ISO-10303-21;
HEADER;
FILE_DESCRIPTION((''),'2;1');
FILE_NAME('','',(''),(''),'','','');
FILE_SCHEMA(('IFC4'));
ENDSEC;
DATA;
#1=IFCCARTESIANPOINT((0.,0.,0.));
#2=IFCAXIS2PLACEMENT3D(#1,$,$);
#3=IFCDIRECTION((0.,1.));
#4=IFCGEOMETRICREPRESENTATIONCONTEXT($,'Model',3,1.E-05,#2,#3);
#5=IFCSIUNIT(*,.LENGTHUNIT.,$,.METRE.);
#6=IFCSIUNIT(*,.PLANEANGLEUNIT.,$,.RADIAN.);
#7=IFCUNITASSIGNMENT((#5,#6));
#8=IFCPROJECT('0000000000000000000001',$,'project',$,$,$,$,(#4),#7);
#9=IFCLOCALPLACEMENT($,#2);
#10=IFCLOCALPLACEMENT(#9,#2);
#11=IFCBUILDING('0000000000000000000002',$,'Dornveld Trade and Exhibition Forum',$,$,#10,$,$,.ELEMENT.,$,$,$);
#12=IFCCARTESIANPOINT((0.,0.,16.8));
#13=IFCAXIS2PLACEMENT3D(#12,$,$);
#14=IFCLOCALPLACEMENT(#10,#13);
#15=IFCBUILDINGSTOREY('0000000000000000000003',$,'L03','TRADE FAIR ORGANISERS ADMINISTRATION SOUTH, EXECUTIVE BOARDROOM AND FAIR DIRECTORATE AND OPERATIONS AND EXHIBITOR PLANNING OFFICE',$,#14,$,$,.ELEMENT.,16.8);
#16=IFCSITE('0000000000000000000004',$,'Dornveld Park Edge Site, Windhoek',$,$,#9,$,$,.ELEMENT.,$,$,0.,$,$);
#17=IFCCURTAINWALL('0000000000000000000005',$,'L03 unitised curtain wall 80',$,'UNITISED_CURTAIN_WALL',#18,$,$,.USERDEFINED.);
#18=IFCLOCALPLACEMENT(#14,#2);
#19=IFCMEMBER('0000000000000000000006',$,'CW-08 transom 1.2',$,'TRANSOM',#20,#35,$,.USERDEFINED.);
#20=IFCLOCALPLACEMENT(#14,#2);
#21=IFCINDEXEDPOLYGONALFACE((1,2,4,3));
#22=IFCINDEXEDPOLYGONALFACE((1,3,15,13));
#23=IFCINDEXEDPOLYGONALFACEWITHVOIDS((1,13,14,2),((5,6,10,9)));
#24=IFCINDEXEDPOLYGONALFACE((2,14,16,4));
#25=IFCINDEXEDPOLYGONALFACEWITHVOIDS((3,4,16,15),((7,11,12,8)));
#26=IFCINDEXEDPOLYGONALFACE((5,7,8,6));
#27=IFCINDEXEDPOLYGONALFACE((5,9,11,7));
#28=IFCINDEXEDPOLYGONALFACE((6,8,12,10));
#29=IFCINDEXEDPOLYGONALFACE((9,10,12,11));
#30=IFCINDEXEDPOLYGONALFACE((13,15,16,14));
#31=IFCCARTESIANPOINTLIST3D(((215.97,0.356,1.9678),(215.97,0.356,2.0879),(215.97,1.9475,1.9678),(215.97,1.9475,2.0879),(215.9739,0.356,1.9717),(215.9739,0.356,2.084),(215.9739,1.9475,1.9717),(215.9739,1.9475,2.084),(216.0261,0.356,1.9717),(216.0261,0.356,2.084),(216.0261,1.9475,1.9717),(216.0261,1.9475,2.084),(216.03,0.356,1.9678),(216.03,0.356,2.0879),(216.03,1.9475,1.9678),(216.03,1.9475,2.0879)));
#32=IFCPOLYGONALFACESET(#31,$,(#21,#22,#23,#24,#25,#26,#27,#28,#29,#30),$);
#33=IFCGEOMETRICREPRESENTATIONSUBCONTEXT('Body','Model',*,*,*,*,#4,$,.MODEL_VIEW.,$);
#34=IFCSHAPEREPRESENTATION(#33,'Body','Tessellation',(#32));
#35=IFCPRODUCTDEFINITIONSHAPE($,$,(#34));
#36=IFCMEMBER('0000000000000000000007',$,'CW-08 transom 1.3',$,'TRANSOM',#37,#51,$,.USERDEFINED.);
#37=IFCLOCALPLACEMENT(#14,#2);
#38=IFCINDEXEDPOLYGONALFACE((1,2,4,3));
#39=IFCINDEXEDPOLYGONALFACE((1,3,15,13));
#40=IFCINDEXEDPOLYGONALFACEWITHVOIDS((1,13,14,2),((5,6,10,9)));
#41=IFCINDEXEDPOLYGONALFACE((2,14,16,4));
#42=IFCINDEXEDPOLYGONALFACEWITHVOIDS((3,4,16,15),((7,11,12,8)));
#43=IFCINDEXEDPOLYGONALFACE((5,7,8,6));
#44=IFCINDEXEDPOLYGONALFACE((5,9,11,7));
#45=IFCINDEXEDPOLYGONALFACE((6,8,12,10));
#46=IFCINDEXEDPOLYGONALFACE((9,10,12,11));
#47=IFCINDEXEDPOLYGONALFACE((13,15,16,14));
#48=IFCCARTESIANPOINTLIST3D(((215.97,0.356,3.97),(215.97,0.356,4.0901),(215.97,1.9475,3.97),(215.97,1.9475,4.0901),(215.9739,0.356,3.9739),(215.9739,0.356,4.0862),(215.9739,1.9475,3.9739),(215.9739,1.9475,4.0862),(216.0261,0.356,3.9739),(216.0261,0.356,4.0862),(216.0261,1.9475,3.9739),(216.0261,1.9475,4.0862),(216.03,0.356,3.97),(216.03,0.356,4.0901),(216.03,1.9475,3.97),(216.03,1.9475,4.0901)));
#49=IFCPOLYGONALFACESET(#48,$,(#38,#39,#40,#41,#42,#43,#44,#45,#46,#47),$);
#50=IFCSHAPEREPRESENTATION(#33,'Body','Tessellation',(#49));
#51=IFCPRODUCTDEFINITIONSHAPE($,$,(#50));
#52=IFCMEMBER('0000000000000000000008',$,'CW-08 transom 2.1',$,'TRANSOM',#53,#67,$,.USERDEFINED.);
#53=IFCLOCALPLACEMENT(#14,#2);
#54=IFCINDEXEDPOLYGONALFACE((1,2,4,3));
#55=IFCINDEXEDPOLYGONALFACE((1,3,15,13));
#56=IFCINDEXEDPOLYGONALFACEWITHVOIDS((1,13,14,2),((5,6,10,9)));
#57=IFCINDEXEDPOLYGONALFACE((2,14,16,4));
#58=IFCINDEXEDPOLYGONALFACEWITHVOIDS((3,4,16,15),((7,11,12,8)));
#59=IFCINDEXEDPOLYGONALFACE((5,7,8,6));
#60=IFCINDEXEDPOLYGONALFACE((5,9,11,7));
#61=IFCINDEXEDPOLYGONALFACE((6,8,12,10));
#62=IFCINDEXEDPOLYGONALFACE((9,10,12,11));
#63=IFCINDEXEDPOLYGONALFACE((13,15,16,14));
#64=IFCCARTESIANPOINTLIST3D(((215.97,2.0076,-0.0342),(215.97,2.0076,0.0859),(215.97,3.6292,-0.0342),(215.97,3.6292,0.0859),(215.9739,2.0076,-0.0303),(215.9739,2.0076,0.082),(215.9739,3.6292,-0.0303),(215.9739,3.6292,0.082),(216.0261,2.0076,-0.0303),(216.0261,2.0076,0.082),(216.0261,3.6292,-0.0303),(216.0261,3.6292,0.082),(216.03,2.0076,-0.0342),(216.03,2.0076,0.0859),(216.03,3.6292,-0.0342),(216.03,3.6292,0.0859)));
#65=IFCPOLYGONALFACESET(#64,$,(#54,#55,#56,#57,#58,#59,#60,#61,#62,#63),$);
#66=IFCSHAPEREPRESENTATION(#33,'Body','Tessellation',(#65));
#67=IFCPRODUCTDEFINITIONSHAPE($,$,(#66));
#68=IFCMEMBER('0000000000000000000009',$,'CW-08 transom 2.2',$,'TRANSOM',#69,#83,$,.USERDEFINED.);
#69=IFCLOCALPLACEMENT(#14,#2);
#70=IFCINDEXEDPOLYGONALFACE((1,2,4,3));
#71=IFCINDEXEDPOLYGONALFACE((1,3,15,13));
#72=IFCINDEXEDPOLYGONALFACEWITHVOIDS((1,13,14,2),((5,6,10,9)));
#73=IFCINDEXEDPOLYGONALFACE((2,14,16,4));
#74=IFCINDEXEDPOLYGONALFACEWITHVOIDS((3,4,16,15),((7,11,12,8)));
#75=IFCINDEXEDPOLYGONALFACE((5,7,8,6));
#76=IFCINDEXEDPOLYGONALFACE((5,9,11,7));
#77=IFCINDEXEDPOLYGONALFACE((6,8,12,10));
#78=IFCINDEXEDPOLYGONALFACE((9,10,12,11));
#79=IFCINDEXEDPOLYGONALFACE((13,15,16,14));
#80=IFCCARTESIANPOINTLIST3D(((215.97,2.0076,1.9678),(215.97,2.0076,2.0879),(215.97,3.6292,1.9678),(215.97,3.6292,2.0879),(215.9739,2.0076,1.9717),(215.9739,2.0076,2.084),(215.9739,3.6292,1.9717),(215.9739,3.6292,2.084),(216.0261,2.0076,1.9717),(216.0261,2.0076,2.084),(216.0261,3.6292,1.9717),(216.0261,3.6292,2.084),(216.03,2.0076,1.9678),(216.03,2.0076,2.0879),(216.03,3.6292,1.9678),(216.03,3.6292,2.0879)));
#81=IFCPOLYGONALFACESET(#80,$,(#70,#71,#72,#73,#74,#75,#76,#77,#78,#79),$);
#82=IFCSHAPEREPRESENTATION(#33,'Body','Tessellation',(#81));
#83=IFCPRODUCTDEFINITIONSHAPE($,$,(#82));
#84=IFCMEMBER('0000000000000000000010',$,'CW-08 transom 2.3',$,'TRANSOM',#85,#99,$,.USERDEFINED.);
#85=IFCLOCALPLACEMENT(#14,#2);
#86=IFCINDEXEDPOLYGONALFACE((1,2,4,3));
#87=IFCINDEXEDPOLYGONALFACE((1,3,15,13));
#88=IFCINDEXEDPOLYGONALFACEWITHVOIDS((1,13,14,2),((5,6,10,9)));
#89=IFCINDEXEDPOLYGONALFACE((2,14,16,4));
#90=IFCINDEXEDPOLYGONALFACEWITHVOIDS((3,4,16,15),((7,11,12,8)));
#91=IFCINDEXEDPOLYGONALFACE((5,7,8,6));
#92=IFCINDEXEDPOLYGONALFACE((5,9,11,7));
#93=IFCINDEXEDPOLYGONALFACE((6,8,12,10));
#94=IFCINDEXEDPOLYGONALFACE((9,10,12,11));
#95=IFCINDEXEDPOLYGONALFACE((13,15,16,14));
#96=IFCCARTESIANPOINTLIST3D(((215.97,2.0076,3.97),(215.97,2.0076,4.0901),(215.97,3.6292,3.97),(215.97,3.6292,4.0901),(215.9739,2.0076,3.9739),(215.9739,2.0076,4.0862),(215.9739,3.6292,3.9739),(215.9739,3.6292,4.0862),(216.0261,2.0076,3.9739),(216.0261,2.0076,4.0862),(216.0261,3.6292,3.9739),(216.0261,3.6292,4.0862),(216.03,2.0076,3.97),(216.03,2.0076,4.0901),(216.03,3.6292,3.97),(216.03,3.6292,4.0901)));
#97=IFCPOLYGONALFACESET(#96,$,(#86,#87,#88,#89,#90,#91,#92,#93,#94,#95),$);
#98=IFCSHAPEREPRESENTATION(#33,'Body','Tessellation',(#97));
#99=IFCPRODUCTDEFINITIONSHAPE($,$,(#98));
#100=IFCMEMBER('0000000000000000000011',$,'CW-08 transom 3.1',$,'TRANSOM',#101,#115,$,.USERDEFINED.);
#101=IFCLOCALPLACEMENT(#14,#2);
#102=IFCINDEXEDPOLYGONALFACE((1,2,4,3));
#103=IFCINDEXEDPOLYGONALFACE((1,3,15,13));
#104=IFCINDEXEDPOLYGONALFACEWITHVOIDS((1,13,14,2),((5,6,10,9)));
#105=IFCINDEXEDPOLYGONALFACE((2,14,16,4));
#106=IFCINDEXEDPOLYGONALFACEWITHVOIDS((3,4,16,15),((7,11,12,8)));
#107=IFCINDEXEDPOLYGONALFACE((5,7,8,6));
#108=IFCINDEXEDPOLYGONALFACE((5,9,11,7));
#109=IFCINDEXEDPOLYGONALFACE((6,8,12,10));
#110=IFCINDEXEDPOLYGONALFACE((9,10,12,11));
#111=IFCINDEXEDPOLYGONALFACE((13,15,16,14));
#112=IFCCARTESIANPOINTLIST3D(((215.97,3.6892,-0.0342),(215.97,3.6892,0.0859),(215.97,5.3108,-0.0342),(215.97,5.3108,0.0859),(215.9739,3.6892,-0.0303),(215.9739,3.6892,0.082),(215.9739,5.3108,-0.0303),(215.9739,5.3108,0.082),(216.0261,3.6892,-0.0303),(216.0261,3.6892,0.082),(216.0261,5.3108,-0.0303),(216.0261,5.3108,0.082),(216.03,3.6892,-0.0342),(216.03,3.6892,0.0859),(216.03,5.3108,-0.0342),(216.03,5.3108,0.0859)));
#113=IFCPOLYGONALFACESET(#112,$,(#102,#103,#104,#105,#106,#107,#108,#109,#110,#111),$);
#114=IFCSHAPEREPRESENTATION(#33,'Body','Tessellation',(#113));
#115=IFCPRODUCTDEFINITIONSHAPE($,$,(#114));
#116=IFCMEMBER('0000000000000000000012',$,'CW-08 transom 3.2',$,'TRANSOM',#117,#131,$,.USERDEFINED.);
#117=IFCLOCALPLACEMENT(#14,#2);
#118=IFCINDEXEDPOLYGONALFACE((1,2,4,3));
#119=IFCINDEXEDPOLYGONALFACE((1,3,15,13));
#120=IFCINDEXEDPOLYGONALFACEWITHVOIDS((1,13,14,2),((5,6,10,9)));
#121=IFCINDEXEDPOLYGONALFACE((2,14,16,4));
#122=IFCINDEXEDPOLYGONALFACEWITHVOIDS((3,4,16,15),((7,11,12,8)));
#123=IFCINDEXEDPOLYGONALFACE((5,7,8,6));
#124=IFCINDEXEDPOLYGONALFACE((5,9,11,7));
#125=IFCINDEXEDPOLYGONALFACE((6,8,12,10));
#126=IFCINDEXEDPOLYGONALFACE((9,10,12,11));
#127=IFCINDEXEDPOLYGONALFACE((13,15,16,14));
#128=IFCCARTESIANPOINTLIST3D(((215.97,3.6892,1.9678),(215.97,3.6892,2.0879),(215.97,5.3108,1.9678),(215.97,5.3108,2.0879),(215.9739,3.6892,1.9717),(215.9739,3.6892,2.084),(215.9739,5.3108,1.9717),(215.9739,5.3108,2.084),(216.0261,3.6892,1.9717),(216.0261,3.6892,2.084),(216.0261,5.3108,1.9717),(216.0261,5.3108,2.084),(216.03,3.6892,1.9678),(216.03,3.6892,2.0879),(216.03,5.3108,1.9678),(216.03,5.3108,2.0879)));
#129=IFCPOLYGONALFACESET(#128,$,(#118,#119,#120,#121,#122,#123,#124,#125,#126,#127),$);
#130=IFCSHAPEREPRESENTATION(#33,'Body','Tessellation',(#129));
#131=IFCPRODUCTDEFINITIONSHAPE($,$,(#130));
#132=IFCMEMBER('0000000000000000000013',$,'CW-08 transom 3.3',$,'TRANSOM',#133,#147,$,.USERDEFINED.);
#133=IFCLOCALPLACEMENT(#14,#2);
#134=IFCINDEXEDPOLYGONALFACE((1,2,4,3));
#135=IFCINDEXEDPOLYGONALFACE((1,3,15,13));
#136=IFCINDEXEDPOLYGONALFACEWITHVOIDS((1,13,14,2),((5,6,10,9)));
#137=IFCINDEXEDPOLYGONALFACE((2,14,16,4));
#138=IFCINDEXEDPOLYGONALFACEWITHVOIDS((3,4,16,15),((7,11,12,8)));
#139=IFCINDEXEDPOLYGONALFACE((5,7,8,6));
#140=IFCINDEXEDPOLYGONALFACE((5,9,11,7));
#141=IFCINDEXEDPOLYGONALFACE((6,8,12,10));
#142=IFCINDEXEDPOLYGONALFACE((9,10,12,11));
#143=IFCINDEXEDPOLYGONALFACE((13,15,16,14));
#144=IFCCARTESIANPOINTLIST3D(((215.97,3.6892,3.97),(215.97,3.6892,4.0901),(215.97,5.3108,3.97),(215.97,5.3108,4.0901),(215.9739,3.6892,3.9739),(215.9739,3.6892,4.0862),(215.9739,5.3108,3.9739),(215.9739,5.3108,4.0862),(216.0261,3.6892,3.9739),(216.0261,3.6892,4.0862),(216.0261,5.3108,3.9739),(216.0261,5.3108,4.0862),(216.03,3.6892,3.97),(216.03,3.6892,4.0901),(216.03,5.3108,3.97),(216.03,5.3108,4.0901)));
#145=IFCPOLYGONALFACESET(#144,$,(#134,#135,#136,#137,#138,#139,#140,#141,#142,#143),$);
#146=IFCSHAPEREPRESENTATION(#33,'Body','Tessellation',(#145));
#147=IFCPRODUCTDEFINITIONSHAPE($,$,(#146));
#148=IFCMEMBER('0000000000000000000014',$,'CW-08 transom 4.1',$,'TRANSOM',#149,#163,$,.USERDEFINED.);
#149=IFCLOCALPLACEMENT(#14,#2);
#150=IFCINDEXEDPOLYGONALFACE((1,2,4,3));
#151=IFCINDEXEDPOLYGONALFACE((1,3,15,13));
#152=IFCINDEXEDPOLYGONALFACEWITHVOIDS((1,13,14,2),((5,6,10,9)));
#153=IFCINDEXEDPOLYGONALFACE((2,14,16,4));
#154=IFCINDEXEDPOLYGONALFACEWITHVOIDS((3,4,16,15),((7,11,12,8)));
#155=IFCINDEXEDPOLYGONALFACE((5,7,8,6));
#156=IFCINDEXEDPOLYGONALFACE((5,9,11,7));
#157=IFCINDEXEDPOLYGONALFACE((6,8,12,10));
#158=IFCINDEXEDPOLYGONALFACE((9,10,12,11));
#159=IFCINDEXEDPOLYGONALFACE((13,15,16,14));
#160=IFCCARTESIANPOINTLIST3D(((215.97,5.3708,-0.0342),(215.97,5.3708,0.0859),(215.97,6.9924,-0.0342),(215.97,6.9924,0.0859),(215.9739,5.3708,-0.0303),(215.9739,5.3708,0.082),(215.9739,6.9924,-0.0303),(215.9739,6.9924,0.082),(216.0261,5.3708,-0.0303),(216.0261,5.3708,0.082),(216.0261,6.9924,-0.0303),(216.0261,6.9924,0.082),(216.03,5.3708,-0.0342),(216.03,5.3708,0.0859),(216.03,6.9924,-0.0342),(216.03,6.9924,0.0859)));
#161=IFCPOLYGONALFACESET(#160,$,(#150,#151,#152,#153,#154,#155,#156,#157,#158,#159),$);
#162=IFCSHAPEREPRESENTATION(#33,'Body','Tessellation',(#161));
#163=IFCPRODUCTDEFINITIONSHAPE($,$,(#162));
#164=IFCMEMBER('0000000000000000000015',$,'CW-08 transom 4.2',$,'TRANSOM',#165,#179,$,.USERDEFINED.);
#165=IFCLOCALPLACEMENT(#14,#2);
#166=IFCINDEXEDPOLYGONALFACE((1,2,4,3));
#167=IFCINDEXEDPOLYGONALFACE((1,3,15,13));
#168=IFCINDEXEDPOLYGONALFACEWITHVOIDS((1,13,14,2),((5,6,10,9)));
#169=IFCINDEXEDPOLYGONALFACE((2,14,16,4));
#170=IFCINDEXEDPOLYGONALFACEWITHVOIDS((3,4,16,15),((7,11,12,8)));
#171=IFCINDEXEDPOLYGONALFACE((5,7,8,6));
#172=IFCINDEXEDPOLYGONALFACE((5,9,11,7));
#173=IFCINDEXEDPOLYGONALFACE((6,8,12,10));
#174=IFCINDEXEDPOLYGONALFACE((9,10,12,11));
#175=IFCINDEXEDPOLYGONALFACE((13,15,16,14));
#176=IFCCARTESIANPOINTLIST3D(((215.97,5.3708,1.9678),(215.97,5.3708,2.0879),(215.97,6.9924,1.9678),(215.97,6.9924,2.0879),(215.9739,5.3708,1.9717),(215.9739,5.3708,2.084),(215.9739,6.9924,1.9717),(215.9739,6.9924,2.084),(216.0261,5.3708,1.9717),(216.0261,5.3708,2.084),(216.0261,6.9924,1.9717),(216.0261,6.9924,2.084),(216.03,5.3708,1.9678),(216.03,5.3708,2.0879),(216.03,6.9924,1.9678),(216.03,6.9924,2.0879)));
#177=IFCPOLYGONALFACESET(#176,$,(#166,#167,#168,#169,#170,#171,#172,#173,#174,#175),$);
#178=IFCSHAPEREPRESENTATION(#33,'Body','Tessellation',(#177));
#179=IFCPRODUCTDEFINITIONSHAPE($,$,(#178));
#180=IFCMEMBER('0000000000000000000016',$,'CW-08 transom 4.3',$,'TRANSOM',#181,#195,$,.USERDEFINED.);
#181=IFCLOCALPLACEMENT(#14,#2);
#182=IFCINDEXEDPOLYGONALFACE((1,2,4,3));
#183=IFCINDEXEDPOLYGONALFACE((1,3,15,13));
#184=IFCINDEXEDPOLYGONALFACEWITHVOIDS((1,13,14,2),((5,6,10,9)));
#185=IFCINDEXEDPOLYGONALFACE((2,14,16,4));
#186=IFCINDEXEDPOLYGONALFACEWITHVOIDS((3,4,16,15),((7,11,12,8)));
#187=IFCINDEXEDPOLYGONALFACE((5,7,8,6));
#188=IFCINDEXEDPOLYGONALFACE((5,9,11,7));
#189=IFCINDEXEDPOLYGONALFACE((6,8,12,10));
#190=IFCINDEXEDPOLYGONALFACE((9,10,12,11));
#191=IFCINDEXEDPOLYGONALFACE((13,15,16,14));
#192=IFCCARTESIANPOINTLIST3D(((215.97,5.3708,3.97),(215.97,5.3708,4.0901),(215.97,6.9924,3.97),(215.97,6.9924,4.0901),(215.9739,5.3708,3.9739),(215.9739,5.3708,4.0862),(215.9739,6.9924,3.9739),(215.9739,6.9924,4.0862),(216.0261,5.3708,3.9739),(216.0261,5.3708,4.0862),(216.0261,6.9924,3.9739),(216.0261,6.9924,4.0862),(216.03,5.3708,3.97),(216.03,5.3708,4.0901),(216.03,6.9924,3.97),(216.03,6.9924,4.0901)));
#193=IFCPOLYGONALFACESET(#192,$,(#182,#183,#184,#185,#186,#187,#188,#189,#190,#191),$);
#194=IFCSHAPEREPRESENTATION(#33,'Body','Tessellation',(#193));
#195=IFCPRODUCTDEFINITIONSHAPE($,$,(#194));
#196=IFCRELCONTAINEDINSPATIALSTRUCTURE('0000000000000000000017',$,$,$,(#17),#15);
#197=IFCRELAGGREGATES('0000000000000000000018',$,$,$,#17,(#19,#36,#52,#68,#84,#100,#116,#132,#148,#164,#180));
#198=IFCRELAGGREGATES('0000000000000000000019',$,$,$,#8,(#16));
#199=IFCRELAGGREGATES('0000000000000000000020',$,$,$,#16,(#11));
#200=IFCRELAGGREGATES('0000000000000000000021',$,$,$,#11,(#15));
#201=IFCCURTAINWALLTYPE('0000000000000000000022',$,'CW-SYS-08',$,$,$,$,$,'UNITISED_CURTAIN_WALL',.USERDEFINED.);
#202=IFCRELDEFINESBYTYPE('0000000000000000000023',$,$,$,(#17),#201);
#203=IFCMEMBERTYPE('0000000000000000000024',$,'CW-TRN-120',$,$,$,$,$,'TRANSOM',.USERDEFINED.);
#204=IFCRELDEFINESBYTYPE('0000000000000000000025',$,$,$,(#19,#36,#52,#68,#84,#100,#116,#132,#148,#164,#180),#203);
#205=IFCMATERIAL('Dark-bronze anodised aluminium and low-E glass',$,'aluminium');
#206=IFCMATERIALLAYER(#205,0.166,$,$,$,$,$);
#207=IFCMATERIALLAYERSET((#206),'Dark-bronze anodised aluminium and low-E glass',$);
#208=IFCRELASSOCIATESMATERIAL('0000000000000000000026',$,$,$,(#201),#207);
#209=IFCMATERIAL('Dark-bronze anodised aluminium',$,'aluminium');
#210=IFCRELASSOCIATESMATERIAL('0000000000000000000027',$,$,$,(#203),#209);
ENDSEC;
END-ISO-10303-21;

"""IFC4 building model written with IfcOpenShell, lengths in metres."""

from ifc_helpers import new_model, si_unit, direction, frame, origin, origin_2d, place, context, subcontext, project, spatial, hollow_rectangle, extrude, material, layer, layer_set, material_profile, profile_set, type_object, element, aggregate, save


model = new_model("IFC4")

# Units and contexts
model_context = context("Model", 3, precision=1e-05, world=origin(), true_north=direction((0.0, 1.0)))
body_context = subcontext(model_context, "Body", "Model", "MODEL_VIEW")
ifc_project = project(units=[si_unit("LENGTHUNIT", "METRE"), si_unit("PLANEANGLEUNIT", "RADIAN")], contexts=[model_context])

# Site, building, storey
site_placement = place(None, origin())
site = spatial("IfcSite", under=ifc_project, at=site_placement, Name="Dornveld Park Edge Site, Windhoek", CompositionType="ELEMENT", RefElevation=0.0)
building_placement = place(site_placement, origin())
building = spatial("IfcBuilding", under=site, at=building_placement, Name="Dornveld Trade and Exhibition Forum", CompositionType="ELEMENT")
storey_placement = place(building_placement, frame((0.0, 0.0, 16.8)))
storey = spatial("IfcBuildingStorey", under=building, at=storey_placement, Name="L03", Description="TRADE FAIR ORGANISERS ADMINISTRATION SOUTH, EXECUTIVE BOARDROOM AND FAIR DIRECTORATE AND OPERATIONS AND EXHIBITOR PLANNING OFFICE", CompositionType="ELEMENT", Elevation=16.8)

# Curtain wall, members
ifc_material_1 = material(Name="Dark-bronze anodised aluminium and low-E glass", Category="aluminium")
ifc_layer_1 = layer(ifc_material_1, 0.166)
ifc_layer_set_1 = layer_set([ifc_layer_1], Name="Dark-bronze anodised aluminium and low-E glass")
curtain_wall_type = type_object("IfcCurtainWallType", Name="CW-SYS-08", ElementType="UNITISED_CURTAIN_WALL", PredefinedType="USERDEFINED", material=ifc_layer_set_1)
curtain_wall_placement = place(storey_placement, origin())
curtain_wall = element("IfcCurtainWall", 1, at=curtain_wall_placement, inside=storey, type_object=curtain_wall_type, Name="L03 unitised curtain wall 80", ObjectType="UNITISED_CURTAIN_WALL", PredefinedType="USERDEFINED")
ifc_material_2 = material(Name="Dark-bronze anodised aluminium", Category="aluminium")
ifc_material_profile_1 = material_profile(ifc_material_2, hollow_rectangle(XDim=0.0601, YDim=0.1201, WallThickness=0.0039, at=origin_2d()), Name="RHS 120x60x4")
ifc_profile_set_1 = profile_set([ifc_material_profile_1], Name="Dark-bronze anodised aluminium")
member_type_1 = type_object("IfcMemberType", Name="CW-TRN-120", ElementType="TRANSOM", PredefinedType="USERDEFINED", material=ifc_profile_set_1)
member_1_placement = place(storey_placement, frame((216.0, 0.356, 2.0278), z_axis=(0.0, 1.0, 0.0), x_axis=(-1.0, 0.0, 0.0)))
member_1 = element("IfcMember", 2, at=member_1_placement, type_object=member_type_1, Name="CW-08 transom 1.2", ObjectType="TRANSOM", PredefinedType="USERDEFINED", context=body_context, shape_type="SweptSolid", body=[
    extrude(hollow_rectangle(XDim=0.0601, YDim=0.1201, WallThickness=0.0039, at=origin_2d()), origin(), (0.0, 0.0, 1.0), 1.5916),
])
member_2_placement = place(storey_placement, frame((216.0, 0.356, 4.03), z_axis=(0.0, 1.0, 0.0), x_axis=(-1.0, 0.0, 0.0)))
member_2 = element("IfcMember", 3, at=member_2_placement, type_object=member_type_1, Name="CW-08 transom 1.3", ObjectType="TRANSOM", PredefinedType="USERDEFINED", context=body_context, shape_type="SweptSolid", body=[
    extrude(hollow_rectangle(XDim=0.0601, YDim=0.1201, WallThickness=0.0039, at=origin_2d()), origin(), (0.0, 0.0, 1.0), 1.5916),
])
member_3_placement = place(storey_placement, frame((216.0, 2.0076, 0.0259), z_axis=(0.0, 1.0, 0.0), x_axis=(-1.0, 0.0, 0.0)))
member_3 = element("IfcMember", 4, at=member_3_placement, type_object=member_type_1, Name="CW-08 transom 2.1", ObjectType="TRANSOM", PredefinedType="USERDEFINED", context=body_context, shape_type="SweptSolid", body=[
    extrude(hollow_rectangle(XDim=0.0601, YDim=0.1201, WallThickness=0.0039, at=origin_2d()), origin(), (0.0, 0.0, 1.0), 1.6216),
])
member_4_placement = place(storey_placement, frame((216.0, 2.0076, 2.0278), z_axis=(0.0, 1.0, 0.0), x_axis=(-1.0, 0.0, 0.0)))
member_4 = element("IfcMember", 5, at=member_4_placement, type_object=member_type_1, Name="CW-08 transom 2.2", ObjectType="TRANSOM", PredefinedType="USERDEFINED", context=body_context, shape_type="SweptSolid", body=[
    extrude(hollow_rectangle(XDim=0.0601, YDim=0.1201, WallThickness=0.0039, at=origin_2d()), origin(), (0.0, 0.0, 1.0), 1.6216),
])
member_5_placement = place(storey_placement, frame((216.0, 2.0076, 4.03), z_axis=(0.0, 1.0, 0.0), x_axis=(-1.0, 0.0, 0.0)))
member_5 = element("IfcMember", 6, at=member_5_placement, type_object=member_type_1, Name="CW-08 transom 2.3", ObjectType="TRANSOM", PredefinedType="USERDEFINED", context=body_context, shape_type="SweptSolid", body=[
    extrude(hollow_rectangle(XDim=0.0601, YDim=0.1201, WallThickness=0.0039, at=origin_2d()), origin(), (0.0, 0.0, 1.0), 1.6216),
])
member_6_placement = place(storey_placement, frame((216.0, 3.6892, 0.0259), z_axis=(0.0, 1.0, 0.0), x_axis=(-1.0, 0.0, 0.0)))
member_6 = element("IfcMember", 7, at=member_6_placement, type_object=member_type_1, Name="CW-08 transom 3.1", ObjectType="TRANSOM", PredefinedType="USERDEFINED", context=body_context, shape_type="SweptSolid", body=[
    extrude(hollow_rectangle(XDim=0.0601, YDim=0.1201, WallThickness=0.0039, at=origin_2d()), origin(), (0.0, 0.0, 1.0), 1.6216),
])
member_7_placement = place(storey_placement, frame((216.0, 3.6892, 2.0278), z_axis=(0.0, 1.0, 0.0), x_axis=(-1.0, 0.0, 0.0)))
member_7 = element("IfcMember", 8, at=member_7_placement, type_object=member_type_1, Name="CW-08 transom 3.2", ObjectType="TRANSOM", PredefinedType="USERDEFINED", context=body_context, shape_type="SweptSolid", body=[
    extrude(hollow_rectangle(XDim=0.0601, YDim=0.1201, WallThickness=0.0039, at=origin_2d()), origin(), (0.0, 0.0, 1.0), 1.6216),
])
member_8_placement = place(storey_placement, frame((216.0, 3.6892, 4.03), z_axis=(0.0, 1.0, 0.0), x_axis=(-1.0, 0.0, 0.0)))
member_8 = element("IfcMember", 9, at=member_8_placement, type_object=member_type_1, Name="CW-08 transom 3.3", ObjectType="TRANSOM", PredefinedType="USERDEFINED", context=body_context, shape_type="SweptSolid", body=[
    extrude(hollow_rectangle(XDim=0.0601, YDim=0.1201, WallThickness=0.0039, at=origin_2d()), origin(), (0.0, 0.0, 1.0), 1.6216),
])
member_9_placement = place(storey_placement, frame((216.0, 5.3708, 0.0259), z_axis=(0.0, 1.0, 0.0), x_axis=(-1.0, 0.0, 0.0)))
member_9 = element("IfcMember", 10, at=member_9_placement, type_object=member_type_1, Name="CW-08 transom 4.1", ObjectType="TRANSOM", PredefinedType="USERDEFINED", context=body_context, shape_type="SweptSolid", body=[
    extrude(hollow_rectangle(XDim=0.0601, YDim=0.1201, WallThickness=0.0039, at=origin_2d()), origin(), (0.0, 0.0, 1.0), 1.6216),
])
member_10_placement = place(storey_placement, frame((216.0, 5.3708, 2.0278), z_axis=(0.0, 1.0, 0.0), x_axis=(-1.0, 0.0, 0.0)))
member_10 = element("IfcMember", 11, at=member_10_placement, type_object=member_type_1, Name="CW-08 transom 4.2", ObjectType="TRANSOM", PredefinedType="USERDEFINED", context=body_context, shape_type="SweptSolid", body=[
    extrude(hollow_rectangle(XDim=0.0601, YDim=0.1201, WallThickness=0.0039, at=origin_2d()), origin(), (0.0, 0.0, 1.0), 1.6216),
])
member_11_placement = place(storey_placement, frame((216.0, 5.3708, 4.03), z_axis=(0.0, 1.0, 0.0), x_axis=(-1.0, 0.0, 0.0)))
member_11 = element("IfcMember", 12, at=member_11_placement, type_object=member_type_1, Name="CW-08 transom 4.3", ObjectType="TRANSOM", PredefinedType="USERDEFINED", context=body_context, shape_type="SweptSolid", body=[
    extrude(hollow_rectangle(XDim=0.0601, YDim=0.1201, WallThickness=0.0039, at=origin_2d()), origin(), (0.0, 0.0, 1.0), 1.6216),
])
aggregate(curtain_wall, [member_1, member_2, member_3, member_4, member_5, member_6, member_7, member_8, member_9, member_10, member_11])

save(model, "model.ifc")
